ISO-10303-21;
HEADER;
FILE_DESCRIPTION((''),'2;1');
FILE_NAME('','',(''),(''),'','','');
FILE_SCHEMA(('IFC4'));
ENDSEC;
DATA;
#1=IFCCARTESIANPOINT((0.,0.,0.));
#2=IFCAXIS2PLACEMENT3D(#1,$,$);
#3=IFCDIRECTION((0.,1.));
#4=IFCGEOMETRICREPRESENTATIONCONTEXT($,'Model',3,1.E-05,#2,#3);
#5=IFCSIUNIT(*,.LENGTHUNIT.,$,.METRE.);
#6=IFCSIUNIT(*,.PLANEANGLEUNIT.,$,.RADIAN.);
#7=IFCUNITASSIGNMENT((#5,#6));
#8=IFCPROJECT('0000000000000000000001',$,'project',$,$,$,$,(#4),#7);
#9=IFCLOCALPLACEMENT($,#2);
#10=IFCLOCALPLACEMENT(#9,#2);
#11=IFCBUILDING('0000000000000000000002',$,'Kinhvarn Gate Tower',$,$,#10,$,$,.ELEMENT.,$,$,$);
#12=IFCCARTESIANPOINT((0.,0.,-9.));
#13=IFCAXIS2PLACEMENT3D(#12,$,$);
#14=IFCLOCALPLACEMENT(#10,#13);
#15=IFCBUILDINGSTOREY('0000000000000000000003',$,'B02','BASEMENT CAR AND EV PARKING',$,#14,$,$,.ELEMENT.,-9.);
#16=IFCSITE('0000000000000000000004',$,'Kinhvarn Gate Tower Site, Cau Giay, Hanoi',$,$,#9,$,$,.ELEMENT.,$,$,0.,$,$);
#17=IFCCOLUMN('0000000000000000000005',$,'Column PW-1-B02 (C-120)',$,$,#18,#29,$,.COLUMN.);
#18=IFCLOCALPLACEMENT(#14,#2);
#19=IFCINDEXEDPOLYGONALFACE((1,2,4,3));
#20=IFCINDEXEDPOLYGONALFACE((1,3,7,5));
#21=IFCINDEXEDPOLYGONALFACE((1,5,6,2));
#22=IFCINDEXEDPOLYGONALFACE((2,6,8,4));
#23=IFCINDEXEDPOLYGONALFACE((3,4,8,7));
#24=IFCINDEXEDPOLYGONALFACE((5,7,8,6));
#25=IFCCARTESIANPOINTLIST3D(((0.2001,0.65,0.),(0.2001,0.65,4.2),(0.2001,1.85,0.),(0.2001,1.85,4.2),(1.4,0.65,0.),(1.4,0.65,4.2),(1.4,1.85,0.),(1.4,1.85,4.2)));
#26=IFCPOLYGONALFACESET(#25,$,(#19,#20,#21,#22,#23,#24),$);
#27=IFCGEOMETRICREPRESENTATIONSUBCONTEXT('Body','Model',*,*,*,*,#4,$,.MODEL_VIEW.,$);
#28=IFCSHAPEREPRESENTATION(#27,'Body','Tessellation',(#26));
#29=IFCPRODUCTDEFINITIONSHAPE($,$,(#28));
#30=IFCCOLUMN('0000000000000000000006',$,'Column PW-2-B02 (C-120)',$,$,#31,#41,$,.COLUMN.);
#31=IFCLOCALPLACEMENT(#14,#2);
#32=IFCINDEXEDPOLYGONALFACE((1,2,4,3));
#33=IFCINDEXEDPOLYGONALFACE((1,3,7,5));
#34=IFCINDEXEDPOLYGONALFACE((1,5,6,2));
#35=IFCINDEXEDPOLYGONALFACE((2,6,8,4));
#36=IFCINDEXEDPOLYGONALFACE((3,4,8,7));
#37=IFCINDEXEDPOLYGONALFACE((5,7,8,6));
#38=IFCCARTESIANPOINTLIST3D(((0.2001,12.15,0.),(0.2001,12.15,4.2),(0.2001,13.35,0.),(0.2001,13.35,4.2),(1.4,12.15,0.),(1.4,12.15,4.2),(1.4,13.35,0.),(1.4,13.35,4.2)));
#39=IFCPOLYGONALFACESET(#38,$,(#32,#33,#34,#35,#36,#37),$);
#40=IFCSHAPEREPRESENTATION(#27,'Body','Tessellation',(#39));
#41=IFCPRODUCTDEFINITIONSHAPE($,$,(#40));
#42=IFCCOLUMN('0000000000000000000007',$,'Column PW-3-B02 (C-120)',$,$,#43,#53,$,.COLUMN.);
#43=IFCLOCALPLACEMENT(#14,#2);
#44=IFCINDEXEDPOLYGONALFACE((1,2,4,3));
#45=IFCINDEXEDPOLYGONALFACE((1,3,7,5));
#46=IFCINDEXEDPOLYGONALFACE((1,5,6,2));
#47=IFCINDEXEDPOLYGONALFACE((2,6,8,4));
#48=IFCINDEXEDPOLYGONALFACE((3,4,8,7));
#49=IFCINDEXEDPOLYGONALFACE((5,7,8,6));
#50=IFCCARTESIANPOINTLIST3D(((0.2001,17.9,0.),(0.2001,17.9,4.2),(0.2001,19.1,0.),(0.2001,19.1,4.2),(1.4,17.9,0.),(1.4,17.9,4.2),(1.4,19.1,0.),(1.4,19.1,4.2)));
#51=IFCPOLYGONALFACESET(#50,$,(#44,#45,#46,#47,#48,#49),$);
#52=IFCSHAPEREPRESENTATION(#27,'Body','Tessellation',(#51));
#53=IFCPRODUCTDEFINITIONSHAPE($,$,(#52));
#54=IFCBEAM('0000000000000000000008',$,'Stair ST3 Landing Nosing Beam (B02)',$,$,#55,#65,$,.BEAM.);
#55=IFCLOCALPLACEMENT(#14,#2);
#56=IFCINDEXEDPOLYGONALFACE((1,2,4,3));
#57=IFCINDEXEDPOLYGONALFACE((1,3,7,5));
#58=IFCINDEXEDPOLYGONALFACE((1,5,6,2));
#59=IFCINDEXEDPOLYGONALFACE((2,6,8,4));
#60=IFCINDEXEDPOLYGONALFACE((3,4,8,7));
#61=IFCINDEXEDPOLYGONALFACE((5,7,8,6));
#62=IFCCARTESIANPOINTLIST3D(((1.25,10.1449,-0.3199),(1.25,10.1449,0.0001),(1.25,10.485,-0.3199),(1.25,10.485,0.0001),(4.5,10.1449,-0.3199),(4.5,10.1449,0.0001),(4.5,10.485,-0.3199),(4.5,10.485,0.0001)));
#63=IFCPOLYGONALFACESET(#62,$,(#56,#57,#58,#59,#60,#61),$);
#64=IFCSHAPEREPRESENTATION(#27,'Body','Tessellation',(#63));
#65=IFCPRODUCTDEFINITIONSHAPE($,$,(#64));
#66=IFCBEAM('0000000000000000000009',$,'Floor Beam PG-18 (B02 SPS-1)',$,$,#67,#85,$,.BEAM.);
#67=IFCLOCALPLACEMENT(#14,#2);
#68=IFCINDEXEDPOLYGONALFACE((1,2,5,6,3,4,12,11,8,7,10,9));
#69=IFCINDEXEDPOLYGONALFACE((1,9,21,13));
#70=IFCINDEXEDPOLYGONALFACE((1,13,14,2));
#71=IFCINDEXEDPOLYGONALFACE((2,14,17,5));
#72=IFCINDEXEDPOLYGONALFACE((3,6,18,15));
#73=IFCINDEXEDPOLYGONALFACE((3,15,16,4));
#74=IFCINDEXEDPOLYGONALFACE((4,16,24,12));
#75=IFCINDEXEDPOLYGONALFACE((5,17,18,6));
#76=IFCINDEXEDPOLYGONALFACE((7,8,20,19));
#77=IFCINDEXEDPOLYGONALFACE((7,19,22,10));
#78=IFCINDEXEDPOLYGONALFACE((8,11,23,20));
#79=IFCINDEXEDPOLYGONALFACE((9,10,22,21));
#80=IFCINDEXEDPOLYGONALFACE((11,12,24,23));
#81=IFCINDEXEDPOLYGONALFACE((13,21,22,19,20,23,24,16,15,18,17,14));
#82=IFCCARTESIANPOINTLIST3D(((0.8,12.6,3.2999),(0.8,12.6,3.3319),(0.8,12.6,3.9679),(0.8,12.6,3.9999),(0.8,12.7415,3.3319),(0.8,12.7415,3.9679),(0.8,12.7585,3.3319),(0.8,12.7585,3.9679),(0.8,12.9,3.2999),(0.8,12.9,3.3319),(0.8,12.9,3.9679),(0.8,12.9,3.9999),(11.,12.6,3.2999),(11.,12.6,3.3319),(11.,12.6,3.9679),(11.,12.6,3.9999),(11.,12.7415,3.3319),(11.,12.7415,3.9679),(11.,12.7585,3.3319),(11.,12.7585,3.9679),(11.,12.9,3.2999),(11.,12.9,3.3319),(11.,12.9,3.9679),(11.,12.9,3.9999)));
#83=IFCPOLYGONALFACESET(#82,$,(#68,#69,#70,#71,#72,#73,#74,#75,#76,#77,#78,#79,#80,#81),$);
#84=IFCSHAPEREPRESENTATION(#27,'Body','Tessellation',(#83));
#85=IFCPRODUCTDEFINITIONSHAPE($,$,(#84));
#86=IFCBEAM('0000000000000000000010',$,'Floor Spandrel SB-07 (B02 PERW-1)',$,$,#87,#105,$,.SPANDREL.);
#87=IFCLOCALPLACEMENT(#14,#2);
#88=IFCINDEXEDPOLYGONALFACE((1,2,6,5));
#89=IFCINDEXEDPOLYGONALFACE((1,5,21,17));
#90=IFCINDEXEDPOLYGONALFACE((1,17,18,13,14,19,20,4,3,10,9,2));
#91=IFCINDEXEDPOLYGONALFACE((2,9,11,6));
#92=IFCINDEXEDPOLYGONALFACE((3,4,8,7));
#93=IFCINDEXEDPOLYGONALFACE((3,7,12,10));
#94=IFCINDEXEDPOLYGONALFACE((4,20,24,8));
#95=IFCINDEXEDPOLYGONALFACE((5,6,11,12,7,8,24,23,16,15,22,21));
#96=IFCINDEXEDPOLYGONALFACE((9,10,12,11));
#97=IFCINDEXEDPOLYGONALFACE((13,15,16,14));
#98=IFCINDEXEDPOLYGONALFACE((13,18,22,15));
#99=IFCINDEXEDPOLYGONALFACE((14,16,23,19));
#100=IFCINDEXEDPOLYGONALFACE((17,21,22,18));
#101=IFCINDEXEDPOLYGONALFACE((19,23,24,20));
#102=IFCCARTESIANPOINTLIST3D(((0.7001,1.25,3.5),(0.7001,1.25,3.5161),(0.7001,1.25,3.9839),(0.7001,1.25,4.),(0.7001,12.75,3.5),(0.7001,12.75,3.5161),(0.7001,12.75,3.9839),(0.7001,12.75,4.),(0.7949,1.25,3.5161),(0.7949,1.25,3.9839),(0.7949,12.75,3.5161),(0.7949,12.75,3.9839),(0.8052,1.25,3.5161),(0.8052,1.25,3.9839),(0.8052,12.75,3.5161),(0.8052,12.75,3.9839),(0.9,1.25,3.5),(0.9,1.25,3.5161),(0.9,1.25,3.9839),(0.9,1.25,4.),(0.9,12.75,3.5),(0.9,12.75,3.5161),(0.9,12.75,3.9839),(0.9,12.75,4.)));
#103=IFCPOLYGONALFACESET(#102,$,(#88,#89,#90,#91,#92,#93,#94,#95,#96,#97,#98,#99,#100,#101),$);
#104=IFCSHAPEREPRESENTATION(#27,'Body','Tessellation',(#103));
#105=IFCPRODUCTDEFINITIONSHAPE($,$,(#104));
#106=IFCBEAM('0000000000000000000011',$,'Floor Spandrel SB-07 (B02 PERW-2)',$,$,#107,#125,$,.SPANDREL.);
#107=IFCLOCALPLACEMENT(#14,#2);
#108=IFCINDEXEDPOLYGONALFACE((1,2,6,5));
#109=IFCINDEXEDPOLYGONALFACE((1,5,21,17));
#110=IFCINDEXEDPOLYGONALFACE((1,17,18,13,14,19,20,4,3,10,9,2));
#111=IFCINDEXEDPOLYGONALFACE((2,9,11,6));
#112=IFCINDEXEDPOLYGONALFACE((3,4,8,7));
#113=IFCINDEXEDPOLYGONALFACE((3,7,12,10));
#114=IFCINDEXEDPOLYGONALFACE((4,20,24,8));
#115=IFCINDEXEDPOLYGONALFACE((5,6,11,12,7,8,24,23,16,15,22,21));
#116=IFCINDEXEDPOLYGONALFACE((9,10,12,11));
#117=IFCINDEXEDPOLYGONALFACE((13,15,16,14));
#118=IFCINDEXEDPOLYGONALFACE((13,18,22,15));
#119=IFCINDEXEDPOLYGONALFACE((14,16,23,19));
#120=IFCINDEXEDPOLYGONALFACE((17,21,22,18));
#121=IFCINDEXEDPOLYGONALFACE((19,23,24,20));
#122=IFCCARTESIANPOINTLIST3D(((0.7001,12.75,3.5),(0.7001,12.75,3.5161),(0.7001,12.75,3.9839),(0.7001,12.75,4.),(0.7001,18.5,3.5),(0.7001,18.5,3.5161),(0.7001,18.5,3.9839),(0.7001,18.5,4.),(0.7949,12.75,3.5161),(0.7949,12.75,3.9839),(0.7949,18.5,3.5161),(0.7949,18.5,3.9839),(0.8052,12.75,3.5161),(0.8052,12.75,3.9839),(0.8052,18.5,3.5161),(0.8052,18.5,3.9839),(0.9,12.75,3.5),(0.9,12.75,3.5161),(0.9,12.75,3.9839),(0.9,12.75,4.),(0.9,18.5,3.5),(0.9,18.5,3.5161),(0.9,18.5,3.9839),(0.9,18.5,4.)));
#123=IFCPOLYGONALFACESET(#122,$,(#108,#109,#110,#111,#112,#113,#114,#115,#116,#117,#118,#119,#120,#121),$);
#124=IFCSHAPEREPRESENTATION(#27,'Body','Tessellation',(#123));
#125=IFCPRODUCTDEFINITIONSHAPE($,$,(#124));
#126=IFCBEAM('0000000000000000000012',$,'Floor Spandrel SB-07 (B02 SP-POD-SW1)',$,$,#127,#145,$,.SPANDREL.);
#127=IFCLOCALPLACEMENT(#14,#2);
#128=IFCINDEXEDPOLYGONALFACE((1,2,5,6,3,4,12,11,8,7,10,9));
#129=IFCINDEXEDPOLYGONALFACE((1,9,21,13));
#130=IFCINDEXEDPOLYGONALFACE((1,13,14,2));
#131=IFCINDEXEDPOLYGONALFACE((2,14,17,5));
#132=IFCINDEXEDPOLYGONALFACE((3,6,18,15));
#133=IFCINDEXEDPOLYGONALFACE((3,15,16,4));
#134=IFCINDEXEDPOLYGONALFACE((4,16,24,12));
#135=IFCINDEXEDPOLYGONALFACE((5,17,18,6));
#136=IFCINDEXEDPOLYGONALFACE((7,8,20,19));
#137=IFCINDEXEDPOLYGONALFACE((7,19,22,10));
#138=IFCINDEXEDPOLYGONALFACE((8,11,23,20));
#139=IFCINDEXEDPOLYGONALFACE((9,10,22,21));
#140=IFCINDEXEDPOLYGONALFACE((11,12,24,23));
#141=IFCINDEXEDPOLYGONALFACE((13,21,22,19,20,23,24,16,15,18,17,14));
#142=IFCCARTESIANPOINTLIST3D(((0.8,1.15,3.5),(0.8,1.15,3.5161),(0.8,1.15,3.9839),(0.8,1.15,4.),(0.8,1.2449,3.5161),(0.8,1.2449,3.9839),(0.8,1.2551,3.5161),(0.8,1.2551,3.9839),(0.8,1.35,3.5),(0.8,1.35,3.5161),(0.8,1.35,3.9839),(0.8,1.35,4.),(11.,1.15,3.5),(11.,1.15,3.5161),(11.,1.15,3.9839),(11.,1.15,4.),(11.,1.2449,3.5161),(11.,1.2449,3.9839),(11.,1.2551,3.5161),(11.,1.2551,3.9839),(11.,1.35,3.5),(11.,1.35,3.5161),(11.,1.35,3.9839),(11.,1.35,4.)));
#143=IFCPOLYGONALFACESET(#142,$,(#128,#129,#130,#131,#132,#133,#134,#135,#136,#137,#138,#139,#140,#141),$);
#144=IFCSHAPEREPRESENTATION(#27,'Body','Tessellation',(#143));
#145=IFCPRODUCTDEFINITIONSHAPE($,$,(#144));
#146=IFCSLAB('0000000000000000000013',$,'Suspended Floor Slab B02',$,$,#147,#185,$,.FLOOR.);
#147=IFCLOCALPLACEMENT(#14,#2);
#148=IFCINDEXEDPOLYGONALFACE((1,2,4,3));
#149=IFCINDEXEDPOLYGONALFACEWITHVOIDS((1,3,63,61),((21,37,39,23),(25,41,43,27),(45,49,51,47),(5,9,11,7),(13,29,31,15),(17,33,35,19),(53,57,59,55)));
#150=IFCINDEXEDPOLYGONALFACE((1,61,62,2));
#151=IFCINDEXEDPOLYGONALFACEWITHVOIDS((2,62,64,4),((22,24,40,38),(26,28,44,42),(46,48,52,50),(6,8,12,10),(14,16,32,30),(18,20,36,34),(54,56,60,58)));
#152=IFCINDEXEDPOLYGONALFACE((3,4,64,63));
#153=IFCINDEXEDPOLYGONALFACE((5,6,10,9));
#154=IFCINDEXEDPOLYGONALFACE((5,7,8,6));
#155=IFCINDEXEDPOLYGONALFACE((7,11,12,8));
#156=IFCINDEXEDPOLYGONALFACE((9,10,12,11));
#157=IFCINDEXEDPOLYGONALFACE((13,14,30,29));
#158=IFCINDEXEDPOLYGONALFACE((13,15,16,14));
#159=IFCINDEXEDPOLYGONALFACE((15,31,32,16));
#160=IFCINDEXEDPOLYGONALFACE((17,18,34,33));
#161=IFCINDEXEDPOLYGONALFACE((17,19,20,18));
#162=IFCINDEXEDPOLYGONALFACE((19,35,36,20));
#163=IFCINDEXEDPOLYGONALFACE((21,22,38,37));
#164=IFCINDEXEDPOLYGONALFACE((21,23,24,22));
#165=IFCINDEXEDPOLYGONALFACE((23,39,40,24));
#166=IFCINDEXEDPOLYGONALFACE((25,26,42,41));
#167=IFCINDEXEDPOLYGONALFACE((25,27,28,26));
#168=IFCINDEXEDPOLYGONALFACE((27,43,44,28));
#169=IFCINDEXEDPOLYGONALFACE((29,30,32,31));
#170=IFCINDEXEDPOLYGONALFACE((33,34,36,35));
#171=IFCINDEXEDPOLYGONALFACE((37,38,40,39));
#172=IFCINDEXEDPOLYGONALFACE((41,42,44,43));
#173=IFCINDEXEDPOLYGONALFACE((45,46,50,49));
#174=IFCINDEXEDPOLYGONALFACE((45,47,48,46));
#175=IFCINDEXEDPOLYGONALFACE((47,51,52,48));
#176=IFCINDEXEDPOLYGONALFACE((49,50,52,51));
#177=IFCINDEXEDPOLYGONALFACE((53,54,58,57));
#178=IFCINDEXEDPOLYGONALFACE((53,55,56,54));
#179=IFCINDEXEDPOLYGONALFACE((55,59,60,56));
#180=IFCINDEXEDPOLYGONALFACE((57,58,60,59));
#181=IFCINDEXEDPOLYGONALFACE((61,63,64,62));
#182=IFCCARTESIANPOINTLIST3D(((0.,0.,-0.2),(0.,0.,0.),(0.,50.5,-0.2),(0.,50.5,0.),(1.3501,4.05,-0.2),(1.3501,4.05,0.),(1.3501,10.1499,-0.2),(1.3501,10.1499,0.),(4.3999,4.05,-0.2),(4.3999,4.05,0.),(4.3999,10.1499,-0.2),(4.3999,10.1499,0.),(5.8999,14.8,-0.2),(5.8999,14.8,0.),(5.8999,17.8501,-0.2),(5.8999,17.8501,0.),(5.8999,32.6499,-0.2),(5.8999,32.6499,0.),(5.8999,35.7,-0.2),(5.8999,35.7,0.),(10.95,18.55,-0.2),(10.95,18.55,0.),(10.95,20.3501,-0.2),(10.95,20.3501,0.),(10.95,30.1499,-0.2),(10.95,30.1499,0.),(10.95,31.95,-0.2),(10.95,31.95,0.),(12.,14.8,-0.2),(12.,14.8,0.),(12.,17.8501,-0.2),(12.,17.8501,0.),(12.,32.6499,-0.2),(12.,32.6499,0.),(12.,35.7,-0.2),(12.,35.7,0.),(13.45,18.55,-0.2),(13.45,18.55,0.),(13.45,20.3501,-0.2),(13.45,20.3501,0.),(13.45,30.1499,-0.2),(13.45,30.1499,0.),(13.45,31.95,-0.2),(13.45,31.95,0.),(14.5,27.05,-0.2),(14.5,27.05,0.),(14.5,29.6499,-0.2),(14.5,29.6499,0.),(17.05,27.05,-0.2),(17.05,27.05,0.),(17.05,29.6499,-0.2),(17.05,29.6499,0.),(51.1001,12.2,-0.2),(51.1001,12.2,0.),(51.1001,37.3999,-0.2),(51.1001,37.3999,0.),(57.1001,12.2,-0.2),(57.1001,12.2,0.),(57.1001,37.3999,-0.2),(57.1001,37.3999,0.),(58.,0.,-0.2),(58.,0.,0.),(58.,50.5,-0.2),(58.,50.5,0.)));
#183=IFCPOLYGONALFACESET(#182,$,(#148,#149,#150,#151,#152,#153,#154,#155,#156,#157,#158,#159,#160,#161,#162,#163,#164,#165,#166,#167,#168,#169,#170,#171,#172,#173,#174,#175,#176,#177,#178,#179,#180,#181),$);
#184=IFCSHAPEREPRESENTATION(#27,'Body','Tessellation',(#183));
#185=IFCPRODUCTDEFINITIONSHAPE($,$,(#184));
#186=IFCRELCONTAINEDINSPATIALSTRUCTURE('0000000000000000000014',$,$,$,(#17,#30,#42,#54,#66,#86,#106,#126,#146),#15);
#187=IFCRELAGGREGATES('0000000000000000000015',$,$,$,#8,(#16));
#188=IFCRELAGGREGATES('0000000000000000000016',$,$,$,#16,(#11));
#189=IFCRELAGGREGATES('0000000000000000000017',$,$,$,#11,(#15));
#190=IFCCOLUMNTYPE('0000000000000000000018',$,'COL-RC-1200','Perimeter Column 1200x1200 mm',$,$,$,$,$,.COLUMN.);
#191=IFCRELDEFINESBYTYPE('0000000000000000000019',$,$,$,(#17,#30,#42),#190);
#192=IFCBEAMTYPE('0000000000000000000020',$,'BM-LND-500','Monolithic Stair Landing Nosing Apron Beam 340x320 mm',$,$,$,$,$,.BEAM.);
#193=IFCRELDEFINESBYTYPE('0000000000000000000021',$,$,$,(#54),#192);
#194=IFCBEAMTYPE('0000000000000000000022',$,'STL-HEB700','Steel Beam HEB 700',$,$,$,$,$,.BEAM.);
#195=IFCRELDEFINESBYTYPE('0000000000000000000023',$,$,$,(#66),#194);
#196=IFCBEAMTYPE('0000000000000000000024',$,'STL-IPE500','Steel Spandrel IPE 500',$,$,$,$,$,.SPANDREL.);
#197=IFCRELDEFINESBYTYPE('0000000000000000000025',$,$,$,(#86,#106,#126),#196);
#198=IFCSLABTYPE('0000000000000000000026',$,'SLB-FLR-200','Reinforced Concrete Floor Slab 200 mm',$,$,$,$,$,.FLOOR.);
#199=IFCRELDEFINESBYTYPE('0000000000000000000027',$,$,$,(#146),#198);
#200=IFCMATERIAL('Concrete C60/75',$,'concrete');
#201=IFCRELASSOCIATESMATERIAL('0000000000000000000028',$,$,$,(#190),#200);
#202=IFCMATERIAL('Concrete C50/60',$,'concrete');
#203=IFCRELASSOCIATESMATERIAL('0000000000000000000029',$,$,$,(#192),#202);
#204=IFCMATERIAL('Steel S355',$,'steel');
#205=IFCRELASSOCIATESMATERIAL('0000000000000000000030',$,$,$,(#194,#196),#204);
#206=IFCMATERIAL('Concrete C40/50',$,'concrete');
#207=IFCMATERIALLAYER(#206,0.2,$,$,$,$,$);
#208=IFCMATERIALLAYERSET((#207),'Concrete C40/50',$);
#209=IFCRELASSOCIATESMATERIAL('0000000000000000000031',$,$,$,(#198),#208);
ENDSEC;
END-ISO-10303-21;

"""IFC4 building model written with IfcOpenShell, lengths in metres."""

from ifc_helpers import new_model, si_unit, direction, frame, origin, origin_2d, place, context, subcontext, project, spatial, polyline, rectangle, i_section, outline, extrude, material, layer, layer_set, material_profile, profile_set, type_object, element, save


model = new_model("IFC4")

# Units and contexts
model_context = context("Model", 3, precision=1e-05, world=origin(), true_north=direction((0.0, 1.0)))
body_context = subcontext(model_context, "Body", "Model", "MODEL_VIEW")
ifc_project = project(units=[si_unit("LENGTHUNIT", "METRE"), si_unit("PLANEANGLEUNIT", "RADIAN")], contexts=[model_context])

# Site, building, storey
site_placement = place(None, origin())
site = spatial("IfcSite", under=ifc_project, at=site_placement, Name="Kinhvarn Gate Tower Site, Cau Giay, Hanoi", CompositionType="ELEMENT", RefElevation=0.0)
building_placement = place(site_placement, origin())
building = spatial("IfcBuilding", under=site, at=building_placement, Name="Kinhvarn Gate Tower", CompositionType="ELEMENT")
storey_placement = place(building_placement, frame((0.0, 0.0, -9.0)))
storey = spatial("IfcBuildingStorey", under=building, at=storey_placement, Name="B02", Description="BASEMENT CAR AND EV PARKING", CompositionType="ELEMENT", Elevation=-9.0)

# Columns
ifc_material_1 = material(Name="Concrete C60/75", Category="concrete")
ifc_material_profile_1 = material_profile(ifc_material_1, rectangle(XDim=1.2, YDim=1.2, at=origin_2d()), Name="RC 1200x1200")
ifc_profile_set_1 = profile_set([ifc_material_profile_1], Name="Concrete C60/75")
column_type = type_object("IfcColumnType", Name="COL-RC-1200", Description="Perimeter Column 1200x1200 mm", PredefinedType="COLUMN", material=ifc_profile_set_1)
for number, where, z_axis, x_axis, name in (
    (1, (0.8, 1.25, 0.0), (0.0, 0.0, 1.0), (1.0, 0.0, 0.0), "Column PW-1-B02 (C-120)"),
    (2, (0.8, 12.75, 0.0), (0.0, 0.0, 1.0), (1.0, 0.0, 0.0), "Column PW-2-B02 (C-120)"),
    (3, (0.8, 18.5, 0.0), (0.0, 0.0, 1.0), (1.0, 0.0, 0.0), "Column PW-3-B02 (C-120)"),
):
    element("IfcColumn", number, at=place(storey_placement, frame(where, z_axis=z_axis, x_axis=x_axis)), inside=storey, type_object=column_type, Name=name, PredefinedType="COLUMN", context=body_context, shape_type="SweptSolid", body=[
        extrude(rectangle(XDim=1.2, YDim=1.2, at=origin_2d()), origin(), (0.0, 0.0, 1.0), 4.2),
    ])

# Beams
ifc_material_2 = material(Name="Concrete C50/60", Category="concrete")
ifc_material_profile_2 = material_profile(ifc_material_2, rectangle(XDim=0.3401, YDim=0.3201, at=origin_2d()), Name="RC 340x320")
ifc_profile_set_2 = profile_set([ifc_material_profile_2], Name="Concrete C50/60")
beam_type_1 = type_object("IfcBeamType", Name="BM-LND-500", Description="Monolithic Stair Landing Nosing Apron Beam 340x320 mm", PredefinedType="BEAM", material=ifc_profile_set_2)
beam_1_placement = place(storey_placement, frame((1.25, 10.3149, -0.1599), z_axis=(1.0, 0.0, 0.0), x_axis=(0.0, 1.0, 0.0)))
element("IfcBeam", 4, at=beam_1_placement, inside=storey, type_object=beam_type_1, Name="Stair ST3 Landing Nosing Beam (B02)", PredefinedType="BEAM", context=body_context, shape_type="SweptSolid", body=[
    extrude(rectangle(XDim=0.3401, YDim=0.3201, at=origin_2d()), origin(), (0.0, 0.0, 1.0), 3.25),
])
ifc_material_3 = material(Name="Steel S355", Category="steel")
ifc_material_profile_3 = material_profile(ifc_material_3, i_section(OverallWidth=0.3, OverallDepth=0.7, WebThickness=0.0171, FlangeThickness=0.032, at=origin_2d()), Name="HEB 700")
ifc_profile_set_3 = profile_set([ifc_material_profile_3], Name="Steel S355")
beam_type_2 = type_object("IfcBeamType", Name="STL-HEB700", Description="Steel Beam HEB 700", PredefinedType="BEAM", material=ifc_profile_set_3)
beam_2_placement = place(storey_placement, frame((0.8, 12.75, 3.6499), z_axis=(1.0, 0.0, 0.0), x_axis=(0.0, 1.0, 0.0)))
element("IfcBeam", 5, at=beam_2_placement, inside=storey, type_object=beam_type_2, Name="Floor Beam PG-18 (B02 SPS-1)", PredefinedType="BEAM", context=body_context, shape_type="SweptSolid", body=[
    extrude(i_section(OverallWidth=0.3, OverallDepth=0.7, WebThickness=0.0171, FlangeThickness=0.032, at=origin_2d()), origin(), (0.0, 0.0, 1.0), 10.2),
])
ifc_material_profile_4 = material_profile(ifc_material_3, i_section(OverallWidth=0.2, OverallDepth=0.5, WebThickness=0.0103, FlangeThickness=0.0161, at=origin_2d()), Name="IPE 500")
ifc_profile_set_4 = profile_set([ifc_material_profile_4], Name="Steel S355")
beam_type_3 = type_object("IfcBeamType", Name="STL-IPE500", Description="Steel Spandrel IPE 500", PredefinedType="SPANDREL", material=ifc_profile_set_4)
beam_3_placement = place(storey_placement, frame((0.8, 1.25, 3.75), z_axis=(0.0, 1.0, 0.0), x_axis=(-1.0, 0.0, 0.0)))
element("IfcBeam", 6, at=beam_3_placement, inside=storey, type_object=beam_type_3, Name="Floor Spandrel SB-07 (B02 PERW-1)", PredefinedType="SPANDREL", context=body_context, shape_type="SweptSolid", body=[
    extrude(i_section(OverallWidth=0.2, OverallDepth=0.5, WebThickness=0.0103, FlangeThickness=0.0161, at=origin_2d()), origin(), (0.0, 0.0, 1.0), 11.5),
])
beam_4_placement = place(storey_placement, frame((0.8, 12.75, 3.75), z_axis=(0.0, 1.0, 0.0), x_axis=(-1.0, 0.0, 0.0)))
element("IfcBeam", 7, at=beam_4_placement, inside=storey, type_object=beam_type_3, Name="Floor Spandrel SB-07 (B02 PERW-2)", PredefinedType="SPANDREL", context=body_context, shape_type="SweptSolid", body=[
    extrude(i_section(OverallWidth=0.2, OverallDepth=0.5, WebThickness=0.0103, FlangeThickness=0.0161, at=origin_2d()), origin(), (0.0, 0.0, 1.0), 5.75),
])
beam_5_placement = place(storey_placement, frame((0.8, 1.25, 3.75), z_axis=(1.0, 0.0, 0.0), x_axis=(0.0, 1.0, 0.0)))
element("IfcBeam", 8, at=beam_5_placement, inside=storey, type_object=beam_type_3, Name="Floor Spandrel SB-07 (B02 SP-POD-SW1)", PredefinedType="SPANDREL", context=body_context, shape_type="SweptSolid", body=[
    extrude(i_section(OverallWidth=0.2, OverallDepth=0.5, WebThickness=0.0103, FlangeThickness=0.0161, at=origin_2d()), origin(), (0.0, 0.0, 1.0), 10.2),
])

# Slab
ifc_material_4 = material(Name="Concrete C40/50", Category="concrete")
ifc_layer_1 = layer(ifc_material_4, 0.2)
ifc_layer_set_1 = layer_set([ifc_layer_1], Name="Concrete C40/50")
slab_type_1 = type_object("IfcSlabType", Name="SLB-FLR-200", Description="Reinforced Concrete Floor Slab 200 mm", PredefinedType="FLOOR", material=ifc_layer_set_1)
slab_1_placement = place(storey_placement, frame((0.0, 0.0, -0.2)))
element("IfcSlab", 9, at=slab_1_placement, inside=storey, type_object=slab_type_1, Name="Suspended Floor Slab B02", PredefinedType="FLOOR", context=body_context, shape_type="SweptSolid", body=[
    extrude(outline(polyline([(0.0, 0.0), (58.0, 0.0), (58.0, 50.5), (0.0, 50.5), (0.0, 0.0)]), holes=[polyline([(5.8999, 14.8), (12.0, 14.8), (12.0, 17.8501), (5.8999, 17.8501), (5.8999, 14.8)]), polyline([(5.8999, 32.6499), (12.0, 32.6499), (12.0, 35.7), (5.8999, 35.7), (5.8999, 32.6499)]), polyline([(1.3501, 4.05), (4.3999, 4.05), (4.3999, 10.1499), (1.3501, 10.1499), (1.3501, 4.05)]), polyline([(14.5, 27.05), (17.05, 27.05), (17.05, 29.6499), (14.5, 29.6499), (14.5, 27.05)]), polyline([(10.95, 18.55), (13.45, 18.55), (13.45, 20.3501), (10.95, 20.3501), (10.95, 18.55)]), polyline([(10.95, 30.1499), (13.45, 30.1499), (13.45, 31.95), (10.95, 31.95), (10.95, 30.1499)]), polyline([(51.1001, 12.2), (57.1001, 12.2), (57.1001, 37.3999), (51.1001, 37.3999), (51.1001, 12.2)])]), origin(), (0.0, 0.0, 1.0), 0.2),
])

save(model, "model.ifc")
